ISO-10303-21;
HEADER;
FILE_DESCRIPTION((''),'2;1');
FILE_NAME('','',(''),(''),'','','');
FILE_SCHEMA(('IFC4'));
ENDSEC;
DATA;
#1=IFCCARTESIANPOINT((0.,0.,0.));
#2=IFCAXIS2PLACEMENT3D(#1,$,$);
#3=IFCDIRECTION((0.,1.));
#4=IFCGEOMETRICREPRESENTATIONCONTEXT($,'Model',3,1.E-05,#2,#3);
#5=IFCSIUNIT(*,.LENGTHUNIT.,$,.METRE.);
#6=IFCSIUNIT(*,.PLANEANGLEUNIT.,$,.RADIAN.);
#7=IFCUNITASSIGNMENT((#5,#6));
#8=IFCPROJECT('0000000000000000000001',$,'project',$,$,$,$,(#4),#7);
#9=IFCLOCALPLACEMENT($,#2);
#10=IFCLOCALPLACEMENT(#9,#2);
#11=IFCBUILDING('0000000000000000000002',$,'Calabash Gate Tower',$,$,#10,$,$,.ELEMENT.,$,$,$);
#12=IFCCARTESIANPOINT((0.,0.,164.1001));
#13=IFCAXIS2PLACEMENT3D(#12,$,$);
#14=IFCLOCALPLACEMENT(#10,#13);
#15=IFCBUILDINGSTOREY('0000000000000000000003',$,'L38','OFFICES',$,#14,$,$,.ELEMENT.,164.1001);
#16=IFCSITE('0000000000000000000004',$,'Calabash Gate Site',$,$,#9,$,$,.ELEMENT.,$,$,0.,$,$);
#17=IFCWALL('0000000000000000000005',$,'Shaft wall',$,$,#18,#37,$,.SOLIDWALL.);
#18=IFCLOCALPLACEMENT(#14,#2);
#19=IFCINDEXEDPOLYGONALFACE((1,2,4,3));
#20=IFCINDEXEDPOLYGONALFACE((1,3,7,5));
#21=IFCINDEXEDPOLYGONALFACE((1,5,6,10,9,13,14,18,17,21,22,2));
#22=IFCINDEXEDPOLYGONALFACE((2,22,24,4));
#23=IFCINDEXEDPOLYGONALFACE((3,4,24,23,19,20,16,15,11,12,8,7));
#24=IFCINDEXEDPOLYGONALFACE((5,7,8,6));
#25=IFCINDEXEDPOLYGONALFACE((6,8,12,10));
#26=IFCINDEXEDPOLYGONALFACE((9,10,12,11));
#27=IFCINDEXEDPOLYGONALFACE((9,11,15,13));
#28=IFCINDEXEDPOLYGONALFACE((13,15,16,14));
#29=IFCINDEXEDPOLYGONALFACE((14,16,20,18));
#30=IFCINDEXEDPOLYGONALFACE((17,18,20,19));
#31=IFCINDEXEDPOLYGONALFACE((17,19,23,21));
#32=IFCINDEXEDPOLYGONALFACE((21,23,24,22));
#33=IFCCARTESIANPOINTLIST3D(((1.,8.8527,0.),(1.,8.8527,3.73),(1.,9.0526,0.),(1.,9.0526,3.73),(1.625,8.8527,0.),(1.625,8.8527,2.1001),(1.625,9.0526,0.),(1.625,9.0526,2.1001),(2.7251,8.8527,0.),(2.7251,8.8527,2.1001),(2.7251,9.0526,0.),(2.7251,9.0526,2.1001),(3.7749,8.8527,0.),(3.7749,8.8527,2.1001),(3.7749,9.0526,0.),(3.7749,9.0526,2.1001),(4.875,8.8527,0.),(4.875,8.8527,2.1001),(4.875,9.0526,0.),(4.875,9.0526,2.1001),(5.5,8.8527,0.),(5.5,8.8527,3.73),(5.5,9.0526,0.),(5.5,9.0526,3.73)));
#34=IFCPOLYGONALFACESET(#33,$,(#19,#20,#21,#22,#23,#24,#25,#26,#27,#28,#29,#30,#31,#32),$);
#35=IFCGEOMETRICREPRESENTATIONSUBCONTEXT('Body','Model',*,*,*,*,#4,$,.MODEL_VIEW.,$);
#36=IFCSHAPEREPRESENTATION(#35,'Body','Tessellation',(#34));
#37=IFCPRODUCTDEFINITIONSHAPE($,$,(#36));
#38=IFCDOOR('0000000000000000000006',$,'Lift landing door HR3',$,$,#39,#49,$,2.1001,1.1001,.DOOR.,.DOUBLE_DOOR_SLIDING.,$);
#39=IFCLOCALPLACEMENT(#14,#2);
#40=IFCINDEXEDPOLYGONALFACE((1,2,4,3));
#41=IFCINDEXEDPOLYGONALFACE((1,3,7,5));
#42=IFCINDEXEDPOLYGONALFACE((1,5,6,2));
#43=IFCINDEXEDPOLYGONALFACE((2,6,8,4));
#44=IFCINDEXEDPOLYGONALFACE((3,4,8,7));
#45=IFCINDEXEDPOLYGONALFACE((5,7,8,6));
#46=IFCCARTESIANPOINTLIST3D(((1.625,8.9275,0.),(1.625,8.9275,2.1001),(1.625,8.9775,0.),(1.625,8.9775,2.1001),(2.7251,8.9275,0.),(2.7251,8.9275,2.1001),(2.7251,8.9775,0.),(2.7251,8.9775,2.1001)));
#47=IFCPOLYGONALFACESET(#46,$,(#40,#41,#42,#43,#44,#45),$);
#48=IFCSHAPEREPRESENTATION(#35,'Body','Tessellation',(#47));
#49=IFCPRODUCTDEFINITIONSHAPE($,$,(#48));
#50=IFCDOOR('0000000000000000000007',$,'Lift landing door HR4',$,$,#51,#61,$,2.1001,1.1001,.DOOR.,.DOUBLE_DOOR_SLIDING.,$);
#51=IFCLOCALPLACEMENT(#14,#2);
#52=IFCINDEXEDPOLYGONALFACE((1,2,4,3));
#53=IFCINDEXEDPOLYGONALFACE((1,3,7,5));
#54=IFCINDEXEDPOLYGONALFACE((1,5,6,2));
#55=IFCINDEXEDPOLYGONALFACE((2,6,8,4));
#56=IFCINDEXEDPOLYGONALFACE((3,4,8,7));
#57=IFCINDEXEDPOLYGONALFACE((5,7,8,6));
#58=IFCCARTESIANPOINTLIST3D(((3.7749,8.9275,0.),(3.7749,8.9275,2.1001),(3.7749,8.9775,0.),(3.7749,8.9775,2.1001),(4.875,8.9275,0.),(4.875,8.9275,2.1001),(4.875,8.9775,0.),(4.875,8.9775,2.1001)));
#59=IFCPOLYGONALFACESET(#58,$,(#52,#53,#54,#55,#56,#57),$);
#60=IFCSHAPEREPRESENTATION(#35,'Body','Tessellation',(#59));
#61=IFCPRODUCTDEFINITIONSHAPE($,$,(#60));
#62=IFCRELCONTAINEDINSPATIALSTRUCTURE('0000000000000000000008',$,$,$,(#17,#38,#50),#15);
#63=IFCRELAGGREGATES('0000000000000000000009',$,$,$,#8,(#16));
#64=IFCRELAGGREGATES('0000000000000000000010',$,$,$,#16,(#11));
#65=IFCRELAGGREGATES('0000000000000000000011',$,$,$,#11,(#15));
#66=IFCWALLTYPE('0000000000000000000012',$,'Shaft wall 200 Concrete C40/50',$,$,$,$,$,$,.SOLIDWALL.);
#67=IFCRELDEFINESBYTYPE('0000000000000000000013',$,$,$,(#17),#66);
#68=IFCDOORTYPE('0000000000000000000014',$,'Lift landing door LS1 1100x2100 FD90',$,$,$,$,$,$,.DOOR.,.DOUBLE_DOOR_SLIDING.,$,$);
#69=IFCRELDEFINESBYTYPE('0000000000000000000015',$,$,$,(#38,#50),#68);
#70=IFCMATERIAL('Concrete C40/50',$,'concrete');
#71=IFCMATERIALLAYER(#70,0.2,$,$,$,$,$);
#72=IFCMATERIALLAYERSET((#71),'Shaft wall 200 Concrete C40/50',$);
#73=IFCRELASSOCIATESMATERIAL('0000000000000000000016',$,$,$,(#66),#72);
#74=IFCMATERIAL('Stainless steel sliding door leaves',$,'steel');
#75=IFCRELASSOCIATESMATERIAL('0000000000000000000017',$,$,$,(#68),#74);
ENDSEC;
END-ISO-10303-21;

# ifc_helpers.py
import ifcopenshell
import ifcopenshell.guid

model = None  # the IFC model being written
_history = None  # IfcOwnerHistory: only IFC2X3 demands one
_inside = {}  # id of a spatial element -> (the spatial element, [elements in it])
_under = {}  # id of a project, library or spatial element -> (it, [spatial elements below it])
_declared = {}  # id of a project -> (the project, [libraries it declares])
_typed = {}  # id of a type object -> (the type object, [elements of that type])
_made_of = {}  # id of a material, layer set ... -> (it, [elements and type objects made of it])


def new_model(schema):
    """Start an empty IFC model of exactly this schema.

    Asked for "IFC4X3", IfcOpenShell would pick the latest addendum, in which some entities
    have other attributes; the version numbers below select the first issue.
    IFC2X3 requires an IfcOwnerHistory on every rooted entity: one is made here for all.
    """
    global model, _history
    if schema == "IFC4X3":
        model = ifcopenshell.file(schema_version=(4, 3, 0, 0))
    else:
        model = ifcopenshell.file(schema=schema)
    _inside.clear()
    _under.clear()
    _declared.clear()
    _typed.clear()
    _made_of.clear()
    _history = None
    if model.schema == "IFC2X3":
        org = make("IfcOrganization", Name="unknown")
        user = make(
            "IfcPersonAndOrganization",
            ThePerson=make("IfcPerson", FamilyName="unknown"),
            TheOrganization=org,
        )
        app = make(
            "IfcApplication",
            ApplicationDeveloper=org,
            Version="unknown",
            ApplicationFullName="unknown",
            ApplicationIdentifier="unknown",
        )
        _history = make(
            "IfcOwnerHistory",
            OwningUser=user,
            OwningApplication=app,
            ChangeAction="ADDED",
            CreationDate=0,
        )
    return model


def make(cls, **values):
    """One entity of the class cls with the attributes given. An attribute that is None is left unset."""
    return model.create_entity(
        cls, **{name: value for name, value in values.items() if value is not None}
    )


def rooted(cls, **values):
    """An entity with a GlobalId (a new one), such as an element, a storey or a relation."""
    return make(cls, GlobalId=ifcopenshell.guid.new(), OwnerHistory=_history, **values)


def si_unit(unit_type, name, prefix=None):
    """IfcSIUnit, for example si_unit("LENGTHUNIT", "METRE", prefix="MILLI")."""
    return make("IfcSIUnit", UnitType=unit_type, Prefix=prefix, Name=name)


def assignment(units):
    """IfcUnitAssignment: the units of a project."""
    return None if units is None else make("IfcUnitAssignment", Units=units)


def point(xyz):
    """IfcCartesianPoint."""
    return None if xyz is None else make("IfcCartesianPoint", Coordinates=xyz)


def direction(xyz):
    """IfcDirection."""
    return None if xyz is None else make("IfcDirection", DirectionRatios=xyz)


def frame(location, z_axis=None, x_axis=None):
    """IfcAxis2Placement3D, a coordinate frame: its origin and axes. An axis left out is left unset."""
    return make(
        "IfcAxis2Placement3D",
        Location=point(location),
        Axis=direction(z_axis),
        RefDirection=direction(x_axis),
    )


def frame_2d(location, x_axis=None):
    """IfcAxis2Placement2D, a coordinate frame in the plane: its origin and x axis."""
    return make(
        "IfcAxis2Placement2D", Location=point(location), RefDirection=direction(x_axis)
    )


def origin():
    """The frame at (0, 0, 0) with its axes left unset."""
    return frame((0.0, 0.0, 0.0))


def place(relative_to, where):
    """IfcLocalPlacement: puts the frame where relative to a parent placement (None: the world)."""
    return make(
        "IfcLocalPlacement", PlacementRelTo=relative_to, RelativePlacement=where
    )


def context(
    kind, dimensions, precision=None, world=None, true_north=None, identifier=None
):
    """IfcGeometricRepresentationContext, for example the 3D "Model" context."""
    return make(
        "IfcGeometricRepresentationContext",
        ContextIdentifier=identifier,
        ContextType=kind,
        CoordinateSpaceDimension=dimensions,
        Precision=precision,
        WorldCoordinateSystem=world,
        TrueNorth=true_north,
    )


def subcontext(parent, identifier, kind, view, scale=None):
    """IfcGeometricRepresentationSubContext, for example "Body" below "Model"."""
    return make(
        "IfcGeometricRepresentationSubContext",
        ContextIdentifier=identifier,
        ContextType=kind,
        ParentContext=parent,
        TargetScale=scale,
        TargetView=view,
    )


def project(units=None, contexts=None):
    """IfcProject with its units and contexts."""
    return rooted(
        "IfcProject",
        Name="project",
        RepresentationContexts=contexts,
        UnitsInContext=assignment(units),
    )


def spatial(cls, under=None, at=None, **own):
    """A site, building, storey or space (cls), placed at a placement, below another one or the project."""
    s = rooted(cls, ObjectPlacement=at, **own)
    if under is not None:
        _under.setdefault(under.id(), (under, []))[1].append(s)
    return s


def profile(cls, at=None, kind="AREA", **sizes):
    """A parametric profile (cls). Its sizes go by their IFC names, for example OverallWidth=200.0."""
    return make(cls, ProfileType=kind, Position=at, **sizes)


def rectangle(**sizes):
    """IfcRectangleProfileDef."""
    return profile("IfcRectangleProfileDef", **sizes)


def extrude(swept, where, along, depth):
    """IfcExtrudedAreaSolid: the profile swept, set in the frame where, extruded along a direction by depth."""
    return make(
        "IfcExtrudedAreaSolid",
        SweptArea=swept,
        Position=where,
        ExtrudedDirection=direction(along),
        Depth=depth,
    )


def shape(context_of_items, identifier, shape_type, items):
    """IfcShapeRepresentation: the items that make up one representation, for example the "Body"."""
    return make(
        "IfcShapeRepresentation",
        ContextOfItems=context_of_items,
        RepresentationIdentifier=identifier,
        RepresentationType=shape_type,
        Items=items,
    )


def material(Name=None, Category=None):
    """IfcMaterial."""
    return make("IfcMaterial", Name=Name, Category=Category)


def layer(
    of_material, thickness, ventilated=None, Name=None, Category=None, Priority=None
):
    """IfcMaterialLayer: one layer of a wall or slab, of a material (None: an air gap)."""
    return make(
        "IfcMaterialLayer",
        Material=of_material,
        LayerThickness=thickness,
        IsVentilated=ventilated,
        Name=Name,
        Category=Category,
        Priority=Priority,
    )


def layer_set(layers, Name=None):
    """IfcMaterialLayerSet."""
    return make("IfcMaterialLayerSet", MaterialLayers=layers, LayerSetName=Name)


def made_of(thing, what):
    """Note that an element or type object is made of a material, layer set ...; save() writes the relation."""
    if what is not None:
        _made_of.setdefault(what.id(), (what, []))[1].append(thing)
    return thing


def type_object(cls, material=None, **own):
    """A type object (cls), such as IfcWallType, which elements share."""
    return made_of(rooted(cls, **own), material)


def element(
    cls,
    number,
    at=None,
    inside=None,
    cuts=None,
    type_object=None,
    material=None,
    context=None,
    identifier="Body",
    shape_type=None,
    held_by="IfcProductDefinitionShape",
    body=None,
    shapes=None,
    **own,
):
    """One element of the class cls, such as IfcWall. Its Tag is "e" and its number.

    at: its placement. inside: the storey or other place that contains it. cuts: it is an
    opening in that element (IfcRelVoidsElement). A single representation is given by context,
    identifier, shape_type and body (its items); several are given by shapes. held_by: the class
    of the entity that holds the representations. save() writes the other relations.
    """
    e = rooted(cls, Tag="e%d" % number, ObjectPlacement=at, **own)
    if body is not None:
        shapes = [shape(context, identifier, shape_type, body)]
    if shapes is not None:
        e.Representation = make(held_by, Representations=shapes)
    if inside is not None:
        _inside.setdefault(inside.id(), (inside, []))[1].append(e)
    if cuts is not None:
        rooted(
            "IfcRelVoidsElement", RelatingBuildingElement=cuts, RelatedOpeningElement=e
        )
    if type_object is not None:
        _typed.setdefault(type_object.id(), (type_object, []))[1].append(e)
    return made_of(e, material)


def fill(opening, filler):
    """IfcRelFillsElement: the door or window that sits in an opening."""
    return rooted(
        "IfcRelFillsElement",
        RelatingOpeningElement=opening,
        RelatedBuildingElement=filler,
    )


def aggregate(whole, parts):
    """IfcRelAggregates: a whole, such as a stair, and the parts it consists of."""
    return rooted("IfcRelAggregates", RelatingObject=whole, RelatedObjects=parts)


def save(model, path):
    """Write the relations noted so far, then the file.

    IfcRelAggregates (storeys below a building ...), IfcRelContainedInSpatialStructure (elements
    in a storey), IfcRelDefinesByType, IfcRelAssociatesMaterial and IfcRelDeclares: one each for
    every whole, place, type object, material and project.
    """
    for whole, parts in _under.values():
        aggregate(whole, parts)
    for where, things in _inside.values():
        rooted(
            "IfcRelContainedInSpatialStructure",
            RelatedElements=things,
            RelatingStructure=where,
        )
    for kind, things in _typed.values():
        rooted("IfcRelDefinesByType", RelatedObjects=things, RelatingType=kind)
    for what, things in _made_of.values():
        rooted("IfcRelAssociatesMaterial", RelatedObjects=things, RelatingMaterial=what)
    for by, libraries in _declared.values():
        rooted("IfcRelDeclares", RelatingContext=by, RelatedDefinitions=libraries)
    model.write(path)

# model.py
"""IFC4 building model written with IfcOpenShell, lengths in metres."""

from ifc_helpers import new_model, si_unit, direction, frame, frame_2d, origin, place, context, subcontext, project, spatial, rectangle, extrude, material, layer, layer_set, type_object, element, fill, save


model = new_model("IFC4")

# Units and contexts
model_context = context("Model", 3, precision=1e-05, world=origin(), true_north=direction((0.0, 1.0)))
body_context = subcontext(model_context, "Body", "Model", "MODEL_VIEW")
ifc_project = project(units=[si_unit("LENGTHUNIT", "METRE"), si_unit("PLANEANGLEUNIT", "RADIAN")], contexts=[model_context])

# Site, building, storey
site_placement = place(None, origin())
site = spatial("IfcSite", under=ifc_project, at=site_placement, Name="Calabash Gate Site", CompositionType="ELEMENT", RefElevation=0.0)
building_placement = place(site_placement, origin())
building = spatial("IfcBuilding", under=site, at=building_placement, Name="Calabash Gate Tower", CompositionType="ELEMENT")
storey_placement = place(building_placement, frame((0.0, 0.0, 164.1001)))
storey = spatial("IfcBuildingStorey", under=building, at=storey_placement, Name="L38", Description="OFFICES", CompositionType="ELEMENT", Elevation=164.1001)

# Shared definitions
ifc_material_1 = material(Name="Concrete C40/50", Category="concrete")
ifc_layer_1 = layer(ifc_material_1, 0.2)
ifc_layer_set_1 = layer_set([ifc_layer_1], Name="Shaft wall 200 Concrete C40/50")
wall_type_1 = type_object("IfcWallType", Name="Shaft wall 200 Concrete C40/50", PredefinedType="SOLIDWALL", material=ifc_layer_set_1)

# Wall, openings, doors
wall_1_placement = place(storey_placement, frame((1.0, 8.9526, 0.0), z_axis=(0.0, 0.0, 1.0), x_axis=(1.0, 0.0, 0.0)))
wall_1 = element("IfcWall", 1, at=wall_1_placement, inside=storey, type_object=wall_type_1, Name="Shaft wall", PredefinedType="SOLIDWALL", context=body_context, shape_type="SweptSolid", body=[
    extrude(rectangle(XDim=4.5, YDim=0.2, at=frame_2d((2.25, 0.0))), origin(), (0.0, 0.0, 1.0), 3.73),
])
opening_1_placement = place(wall_1_placement, frame((0.625, 0.0, 0.0)))
opening_1 = element("IfcOpeningElement", 2, at=opening_1_placement, cuts=wall_1, PredefinedType="OPENING", context=body_context, shape_type="SweptSolid", body=[
    extrude(rectangle(XDim=1.1001, YDim=2.1001, at=frame_2d((0.55, 1.05))), frame((0.0, 0.1099, 0.0), z_axis=(0.0, -1.0, 0.0), x_axis=(1.0, 0.0, 0.0)), (0.0, 0.0, 1.0), 0.22),
])
opening_2_placement = place(wall_1_placement, frame((2.7749, 0.0, 0.0)))
opening_2 = element("IfcOpeningElement", 3, at=opening_2_placement, cuts=wall_1, PredefinedType="OPENING", context=body_context, shape_type="SweptSolid", body=[
    extrude(rectangle(XDim=1.1001, YDim=2.1001, at=frame_2d((0.55, 1.05))), frame((0.0, 0.1099, 0.0), z_axis=(0.0, -1.0, 0.0), x_axis=(1.0, 0.0, 0.0)), (0.0, 0.0, 1.0), 0.22),
])
ifc_material_2 = material(Name="Stainless steel sliding door leaves", Category="steel")
door_type_1 = type_object("IfcDoorType", Name="Lift landing door LS1 1100x2100 FD90", OperationType="DOUBLE_DOOR_SLIDING", PredefinedType="DOOR", material=ifc_material_2)
door_1_placement = place(opening_1_placement, origin())
door_1 = element("IfcDoor", 4, at=door_1_placement, inside=storey, type_object=door_type_1, Name="Lift landing door HR3", OperationType="DOUBLE_DOOR_SLIDING", OverallHeight=2.1001, OverallWidth=1.1001, PredefinedType="DOOR", context=body_context, shape_type="SweptSolid", body=[
    extrude(rectangle(XDim=1.1001, YDim=2.1001, at=frame_2d((0.55, 1.05))), frame((0.0, 0.0249, 0.0), z_axis=(0.0, -1.0, 0.0), x_axis=(1.0, 0.0, 0.0)), (0.0, 0.0, 1.0), 0.05),
])
fill(opening_1, door_1)
door_2_placement = place(opening_2_placement, origin())
door_2 = element("IfcDoor", 5, at=door_2_placement, inside=storey, type_object=door_type_1, Name="Lift landing door HR4", OperationType="DOUBLE_DOOR_SLIDING", OverallHeight=2.1001, OverallWidth=1.1001, PredefinedType="DOOR", context=body_context, shape_type="SweptSolid", body=[
    extrude(rectangle(XDim=1.1001, YDim=2.1001, at=frame_2d((0.55, 1.05))), frame((0.0, 0.0249, 0.0), z_axis=(0.0, -1.0, 0.0), x_axis=(1.0, 0.0, 0.0)), (0.0, 0.0, 1.0), 0.05),
])
fill(opening_2, door_2)

save(model, "model.ifc")
